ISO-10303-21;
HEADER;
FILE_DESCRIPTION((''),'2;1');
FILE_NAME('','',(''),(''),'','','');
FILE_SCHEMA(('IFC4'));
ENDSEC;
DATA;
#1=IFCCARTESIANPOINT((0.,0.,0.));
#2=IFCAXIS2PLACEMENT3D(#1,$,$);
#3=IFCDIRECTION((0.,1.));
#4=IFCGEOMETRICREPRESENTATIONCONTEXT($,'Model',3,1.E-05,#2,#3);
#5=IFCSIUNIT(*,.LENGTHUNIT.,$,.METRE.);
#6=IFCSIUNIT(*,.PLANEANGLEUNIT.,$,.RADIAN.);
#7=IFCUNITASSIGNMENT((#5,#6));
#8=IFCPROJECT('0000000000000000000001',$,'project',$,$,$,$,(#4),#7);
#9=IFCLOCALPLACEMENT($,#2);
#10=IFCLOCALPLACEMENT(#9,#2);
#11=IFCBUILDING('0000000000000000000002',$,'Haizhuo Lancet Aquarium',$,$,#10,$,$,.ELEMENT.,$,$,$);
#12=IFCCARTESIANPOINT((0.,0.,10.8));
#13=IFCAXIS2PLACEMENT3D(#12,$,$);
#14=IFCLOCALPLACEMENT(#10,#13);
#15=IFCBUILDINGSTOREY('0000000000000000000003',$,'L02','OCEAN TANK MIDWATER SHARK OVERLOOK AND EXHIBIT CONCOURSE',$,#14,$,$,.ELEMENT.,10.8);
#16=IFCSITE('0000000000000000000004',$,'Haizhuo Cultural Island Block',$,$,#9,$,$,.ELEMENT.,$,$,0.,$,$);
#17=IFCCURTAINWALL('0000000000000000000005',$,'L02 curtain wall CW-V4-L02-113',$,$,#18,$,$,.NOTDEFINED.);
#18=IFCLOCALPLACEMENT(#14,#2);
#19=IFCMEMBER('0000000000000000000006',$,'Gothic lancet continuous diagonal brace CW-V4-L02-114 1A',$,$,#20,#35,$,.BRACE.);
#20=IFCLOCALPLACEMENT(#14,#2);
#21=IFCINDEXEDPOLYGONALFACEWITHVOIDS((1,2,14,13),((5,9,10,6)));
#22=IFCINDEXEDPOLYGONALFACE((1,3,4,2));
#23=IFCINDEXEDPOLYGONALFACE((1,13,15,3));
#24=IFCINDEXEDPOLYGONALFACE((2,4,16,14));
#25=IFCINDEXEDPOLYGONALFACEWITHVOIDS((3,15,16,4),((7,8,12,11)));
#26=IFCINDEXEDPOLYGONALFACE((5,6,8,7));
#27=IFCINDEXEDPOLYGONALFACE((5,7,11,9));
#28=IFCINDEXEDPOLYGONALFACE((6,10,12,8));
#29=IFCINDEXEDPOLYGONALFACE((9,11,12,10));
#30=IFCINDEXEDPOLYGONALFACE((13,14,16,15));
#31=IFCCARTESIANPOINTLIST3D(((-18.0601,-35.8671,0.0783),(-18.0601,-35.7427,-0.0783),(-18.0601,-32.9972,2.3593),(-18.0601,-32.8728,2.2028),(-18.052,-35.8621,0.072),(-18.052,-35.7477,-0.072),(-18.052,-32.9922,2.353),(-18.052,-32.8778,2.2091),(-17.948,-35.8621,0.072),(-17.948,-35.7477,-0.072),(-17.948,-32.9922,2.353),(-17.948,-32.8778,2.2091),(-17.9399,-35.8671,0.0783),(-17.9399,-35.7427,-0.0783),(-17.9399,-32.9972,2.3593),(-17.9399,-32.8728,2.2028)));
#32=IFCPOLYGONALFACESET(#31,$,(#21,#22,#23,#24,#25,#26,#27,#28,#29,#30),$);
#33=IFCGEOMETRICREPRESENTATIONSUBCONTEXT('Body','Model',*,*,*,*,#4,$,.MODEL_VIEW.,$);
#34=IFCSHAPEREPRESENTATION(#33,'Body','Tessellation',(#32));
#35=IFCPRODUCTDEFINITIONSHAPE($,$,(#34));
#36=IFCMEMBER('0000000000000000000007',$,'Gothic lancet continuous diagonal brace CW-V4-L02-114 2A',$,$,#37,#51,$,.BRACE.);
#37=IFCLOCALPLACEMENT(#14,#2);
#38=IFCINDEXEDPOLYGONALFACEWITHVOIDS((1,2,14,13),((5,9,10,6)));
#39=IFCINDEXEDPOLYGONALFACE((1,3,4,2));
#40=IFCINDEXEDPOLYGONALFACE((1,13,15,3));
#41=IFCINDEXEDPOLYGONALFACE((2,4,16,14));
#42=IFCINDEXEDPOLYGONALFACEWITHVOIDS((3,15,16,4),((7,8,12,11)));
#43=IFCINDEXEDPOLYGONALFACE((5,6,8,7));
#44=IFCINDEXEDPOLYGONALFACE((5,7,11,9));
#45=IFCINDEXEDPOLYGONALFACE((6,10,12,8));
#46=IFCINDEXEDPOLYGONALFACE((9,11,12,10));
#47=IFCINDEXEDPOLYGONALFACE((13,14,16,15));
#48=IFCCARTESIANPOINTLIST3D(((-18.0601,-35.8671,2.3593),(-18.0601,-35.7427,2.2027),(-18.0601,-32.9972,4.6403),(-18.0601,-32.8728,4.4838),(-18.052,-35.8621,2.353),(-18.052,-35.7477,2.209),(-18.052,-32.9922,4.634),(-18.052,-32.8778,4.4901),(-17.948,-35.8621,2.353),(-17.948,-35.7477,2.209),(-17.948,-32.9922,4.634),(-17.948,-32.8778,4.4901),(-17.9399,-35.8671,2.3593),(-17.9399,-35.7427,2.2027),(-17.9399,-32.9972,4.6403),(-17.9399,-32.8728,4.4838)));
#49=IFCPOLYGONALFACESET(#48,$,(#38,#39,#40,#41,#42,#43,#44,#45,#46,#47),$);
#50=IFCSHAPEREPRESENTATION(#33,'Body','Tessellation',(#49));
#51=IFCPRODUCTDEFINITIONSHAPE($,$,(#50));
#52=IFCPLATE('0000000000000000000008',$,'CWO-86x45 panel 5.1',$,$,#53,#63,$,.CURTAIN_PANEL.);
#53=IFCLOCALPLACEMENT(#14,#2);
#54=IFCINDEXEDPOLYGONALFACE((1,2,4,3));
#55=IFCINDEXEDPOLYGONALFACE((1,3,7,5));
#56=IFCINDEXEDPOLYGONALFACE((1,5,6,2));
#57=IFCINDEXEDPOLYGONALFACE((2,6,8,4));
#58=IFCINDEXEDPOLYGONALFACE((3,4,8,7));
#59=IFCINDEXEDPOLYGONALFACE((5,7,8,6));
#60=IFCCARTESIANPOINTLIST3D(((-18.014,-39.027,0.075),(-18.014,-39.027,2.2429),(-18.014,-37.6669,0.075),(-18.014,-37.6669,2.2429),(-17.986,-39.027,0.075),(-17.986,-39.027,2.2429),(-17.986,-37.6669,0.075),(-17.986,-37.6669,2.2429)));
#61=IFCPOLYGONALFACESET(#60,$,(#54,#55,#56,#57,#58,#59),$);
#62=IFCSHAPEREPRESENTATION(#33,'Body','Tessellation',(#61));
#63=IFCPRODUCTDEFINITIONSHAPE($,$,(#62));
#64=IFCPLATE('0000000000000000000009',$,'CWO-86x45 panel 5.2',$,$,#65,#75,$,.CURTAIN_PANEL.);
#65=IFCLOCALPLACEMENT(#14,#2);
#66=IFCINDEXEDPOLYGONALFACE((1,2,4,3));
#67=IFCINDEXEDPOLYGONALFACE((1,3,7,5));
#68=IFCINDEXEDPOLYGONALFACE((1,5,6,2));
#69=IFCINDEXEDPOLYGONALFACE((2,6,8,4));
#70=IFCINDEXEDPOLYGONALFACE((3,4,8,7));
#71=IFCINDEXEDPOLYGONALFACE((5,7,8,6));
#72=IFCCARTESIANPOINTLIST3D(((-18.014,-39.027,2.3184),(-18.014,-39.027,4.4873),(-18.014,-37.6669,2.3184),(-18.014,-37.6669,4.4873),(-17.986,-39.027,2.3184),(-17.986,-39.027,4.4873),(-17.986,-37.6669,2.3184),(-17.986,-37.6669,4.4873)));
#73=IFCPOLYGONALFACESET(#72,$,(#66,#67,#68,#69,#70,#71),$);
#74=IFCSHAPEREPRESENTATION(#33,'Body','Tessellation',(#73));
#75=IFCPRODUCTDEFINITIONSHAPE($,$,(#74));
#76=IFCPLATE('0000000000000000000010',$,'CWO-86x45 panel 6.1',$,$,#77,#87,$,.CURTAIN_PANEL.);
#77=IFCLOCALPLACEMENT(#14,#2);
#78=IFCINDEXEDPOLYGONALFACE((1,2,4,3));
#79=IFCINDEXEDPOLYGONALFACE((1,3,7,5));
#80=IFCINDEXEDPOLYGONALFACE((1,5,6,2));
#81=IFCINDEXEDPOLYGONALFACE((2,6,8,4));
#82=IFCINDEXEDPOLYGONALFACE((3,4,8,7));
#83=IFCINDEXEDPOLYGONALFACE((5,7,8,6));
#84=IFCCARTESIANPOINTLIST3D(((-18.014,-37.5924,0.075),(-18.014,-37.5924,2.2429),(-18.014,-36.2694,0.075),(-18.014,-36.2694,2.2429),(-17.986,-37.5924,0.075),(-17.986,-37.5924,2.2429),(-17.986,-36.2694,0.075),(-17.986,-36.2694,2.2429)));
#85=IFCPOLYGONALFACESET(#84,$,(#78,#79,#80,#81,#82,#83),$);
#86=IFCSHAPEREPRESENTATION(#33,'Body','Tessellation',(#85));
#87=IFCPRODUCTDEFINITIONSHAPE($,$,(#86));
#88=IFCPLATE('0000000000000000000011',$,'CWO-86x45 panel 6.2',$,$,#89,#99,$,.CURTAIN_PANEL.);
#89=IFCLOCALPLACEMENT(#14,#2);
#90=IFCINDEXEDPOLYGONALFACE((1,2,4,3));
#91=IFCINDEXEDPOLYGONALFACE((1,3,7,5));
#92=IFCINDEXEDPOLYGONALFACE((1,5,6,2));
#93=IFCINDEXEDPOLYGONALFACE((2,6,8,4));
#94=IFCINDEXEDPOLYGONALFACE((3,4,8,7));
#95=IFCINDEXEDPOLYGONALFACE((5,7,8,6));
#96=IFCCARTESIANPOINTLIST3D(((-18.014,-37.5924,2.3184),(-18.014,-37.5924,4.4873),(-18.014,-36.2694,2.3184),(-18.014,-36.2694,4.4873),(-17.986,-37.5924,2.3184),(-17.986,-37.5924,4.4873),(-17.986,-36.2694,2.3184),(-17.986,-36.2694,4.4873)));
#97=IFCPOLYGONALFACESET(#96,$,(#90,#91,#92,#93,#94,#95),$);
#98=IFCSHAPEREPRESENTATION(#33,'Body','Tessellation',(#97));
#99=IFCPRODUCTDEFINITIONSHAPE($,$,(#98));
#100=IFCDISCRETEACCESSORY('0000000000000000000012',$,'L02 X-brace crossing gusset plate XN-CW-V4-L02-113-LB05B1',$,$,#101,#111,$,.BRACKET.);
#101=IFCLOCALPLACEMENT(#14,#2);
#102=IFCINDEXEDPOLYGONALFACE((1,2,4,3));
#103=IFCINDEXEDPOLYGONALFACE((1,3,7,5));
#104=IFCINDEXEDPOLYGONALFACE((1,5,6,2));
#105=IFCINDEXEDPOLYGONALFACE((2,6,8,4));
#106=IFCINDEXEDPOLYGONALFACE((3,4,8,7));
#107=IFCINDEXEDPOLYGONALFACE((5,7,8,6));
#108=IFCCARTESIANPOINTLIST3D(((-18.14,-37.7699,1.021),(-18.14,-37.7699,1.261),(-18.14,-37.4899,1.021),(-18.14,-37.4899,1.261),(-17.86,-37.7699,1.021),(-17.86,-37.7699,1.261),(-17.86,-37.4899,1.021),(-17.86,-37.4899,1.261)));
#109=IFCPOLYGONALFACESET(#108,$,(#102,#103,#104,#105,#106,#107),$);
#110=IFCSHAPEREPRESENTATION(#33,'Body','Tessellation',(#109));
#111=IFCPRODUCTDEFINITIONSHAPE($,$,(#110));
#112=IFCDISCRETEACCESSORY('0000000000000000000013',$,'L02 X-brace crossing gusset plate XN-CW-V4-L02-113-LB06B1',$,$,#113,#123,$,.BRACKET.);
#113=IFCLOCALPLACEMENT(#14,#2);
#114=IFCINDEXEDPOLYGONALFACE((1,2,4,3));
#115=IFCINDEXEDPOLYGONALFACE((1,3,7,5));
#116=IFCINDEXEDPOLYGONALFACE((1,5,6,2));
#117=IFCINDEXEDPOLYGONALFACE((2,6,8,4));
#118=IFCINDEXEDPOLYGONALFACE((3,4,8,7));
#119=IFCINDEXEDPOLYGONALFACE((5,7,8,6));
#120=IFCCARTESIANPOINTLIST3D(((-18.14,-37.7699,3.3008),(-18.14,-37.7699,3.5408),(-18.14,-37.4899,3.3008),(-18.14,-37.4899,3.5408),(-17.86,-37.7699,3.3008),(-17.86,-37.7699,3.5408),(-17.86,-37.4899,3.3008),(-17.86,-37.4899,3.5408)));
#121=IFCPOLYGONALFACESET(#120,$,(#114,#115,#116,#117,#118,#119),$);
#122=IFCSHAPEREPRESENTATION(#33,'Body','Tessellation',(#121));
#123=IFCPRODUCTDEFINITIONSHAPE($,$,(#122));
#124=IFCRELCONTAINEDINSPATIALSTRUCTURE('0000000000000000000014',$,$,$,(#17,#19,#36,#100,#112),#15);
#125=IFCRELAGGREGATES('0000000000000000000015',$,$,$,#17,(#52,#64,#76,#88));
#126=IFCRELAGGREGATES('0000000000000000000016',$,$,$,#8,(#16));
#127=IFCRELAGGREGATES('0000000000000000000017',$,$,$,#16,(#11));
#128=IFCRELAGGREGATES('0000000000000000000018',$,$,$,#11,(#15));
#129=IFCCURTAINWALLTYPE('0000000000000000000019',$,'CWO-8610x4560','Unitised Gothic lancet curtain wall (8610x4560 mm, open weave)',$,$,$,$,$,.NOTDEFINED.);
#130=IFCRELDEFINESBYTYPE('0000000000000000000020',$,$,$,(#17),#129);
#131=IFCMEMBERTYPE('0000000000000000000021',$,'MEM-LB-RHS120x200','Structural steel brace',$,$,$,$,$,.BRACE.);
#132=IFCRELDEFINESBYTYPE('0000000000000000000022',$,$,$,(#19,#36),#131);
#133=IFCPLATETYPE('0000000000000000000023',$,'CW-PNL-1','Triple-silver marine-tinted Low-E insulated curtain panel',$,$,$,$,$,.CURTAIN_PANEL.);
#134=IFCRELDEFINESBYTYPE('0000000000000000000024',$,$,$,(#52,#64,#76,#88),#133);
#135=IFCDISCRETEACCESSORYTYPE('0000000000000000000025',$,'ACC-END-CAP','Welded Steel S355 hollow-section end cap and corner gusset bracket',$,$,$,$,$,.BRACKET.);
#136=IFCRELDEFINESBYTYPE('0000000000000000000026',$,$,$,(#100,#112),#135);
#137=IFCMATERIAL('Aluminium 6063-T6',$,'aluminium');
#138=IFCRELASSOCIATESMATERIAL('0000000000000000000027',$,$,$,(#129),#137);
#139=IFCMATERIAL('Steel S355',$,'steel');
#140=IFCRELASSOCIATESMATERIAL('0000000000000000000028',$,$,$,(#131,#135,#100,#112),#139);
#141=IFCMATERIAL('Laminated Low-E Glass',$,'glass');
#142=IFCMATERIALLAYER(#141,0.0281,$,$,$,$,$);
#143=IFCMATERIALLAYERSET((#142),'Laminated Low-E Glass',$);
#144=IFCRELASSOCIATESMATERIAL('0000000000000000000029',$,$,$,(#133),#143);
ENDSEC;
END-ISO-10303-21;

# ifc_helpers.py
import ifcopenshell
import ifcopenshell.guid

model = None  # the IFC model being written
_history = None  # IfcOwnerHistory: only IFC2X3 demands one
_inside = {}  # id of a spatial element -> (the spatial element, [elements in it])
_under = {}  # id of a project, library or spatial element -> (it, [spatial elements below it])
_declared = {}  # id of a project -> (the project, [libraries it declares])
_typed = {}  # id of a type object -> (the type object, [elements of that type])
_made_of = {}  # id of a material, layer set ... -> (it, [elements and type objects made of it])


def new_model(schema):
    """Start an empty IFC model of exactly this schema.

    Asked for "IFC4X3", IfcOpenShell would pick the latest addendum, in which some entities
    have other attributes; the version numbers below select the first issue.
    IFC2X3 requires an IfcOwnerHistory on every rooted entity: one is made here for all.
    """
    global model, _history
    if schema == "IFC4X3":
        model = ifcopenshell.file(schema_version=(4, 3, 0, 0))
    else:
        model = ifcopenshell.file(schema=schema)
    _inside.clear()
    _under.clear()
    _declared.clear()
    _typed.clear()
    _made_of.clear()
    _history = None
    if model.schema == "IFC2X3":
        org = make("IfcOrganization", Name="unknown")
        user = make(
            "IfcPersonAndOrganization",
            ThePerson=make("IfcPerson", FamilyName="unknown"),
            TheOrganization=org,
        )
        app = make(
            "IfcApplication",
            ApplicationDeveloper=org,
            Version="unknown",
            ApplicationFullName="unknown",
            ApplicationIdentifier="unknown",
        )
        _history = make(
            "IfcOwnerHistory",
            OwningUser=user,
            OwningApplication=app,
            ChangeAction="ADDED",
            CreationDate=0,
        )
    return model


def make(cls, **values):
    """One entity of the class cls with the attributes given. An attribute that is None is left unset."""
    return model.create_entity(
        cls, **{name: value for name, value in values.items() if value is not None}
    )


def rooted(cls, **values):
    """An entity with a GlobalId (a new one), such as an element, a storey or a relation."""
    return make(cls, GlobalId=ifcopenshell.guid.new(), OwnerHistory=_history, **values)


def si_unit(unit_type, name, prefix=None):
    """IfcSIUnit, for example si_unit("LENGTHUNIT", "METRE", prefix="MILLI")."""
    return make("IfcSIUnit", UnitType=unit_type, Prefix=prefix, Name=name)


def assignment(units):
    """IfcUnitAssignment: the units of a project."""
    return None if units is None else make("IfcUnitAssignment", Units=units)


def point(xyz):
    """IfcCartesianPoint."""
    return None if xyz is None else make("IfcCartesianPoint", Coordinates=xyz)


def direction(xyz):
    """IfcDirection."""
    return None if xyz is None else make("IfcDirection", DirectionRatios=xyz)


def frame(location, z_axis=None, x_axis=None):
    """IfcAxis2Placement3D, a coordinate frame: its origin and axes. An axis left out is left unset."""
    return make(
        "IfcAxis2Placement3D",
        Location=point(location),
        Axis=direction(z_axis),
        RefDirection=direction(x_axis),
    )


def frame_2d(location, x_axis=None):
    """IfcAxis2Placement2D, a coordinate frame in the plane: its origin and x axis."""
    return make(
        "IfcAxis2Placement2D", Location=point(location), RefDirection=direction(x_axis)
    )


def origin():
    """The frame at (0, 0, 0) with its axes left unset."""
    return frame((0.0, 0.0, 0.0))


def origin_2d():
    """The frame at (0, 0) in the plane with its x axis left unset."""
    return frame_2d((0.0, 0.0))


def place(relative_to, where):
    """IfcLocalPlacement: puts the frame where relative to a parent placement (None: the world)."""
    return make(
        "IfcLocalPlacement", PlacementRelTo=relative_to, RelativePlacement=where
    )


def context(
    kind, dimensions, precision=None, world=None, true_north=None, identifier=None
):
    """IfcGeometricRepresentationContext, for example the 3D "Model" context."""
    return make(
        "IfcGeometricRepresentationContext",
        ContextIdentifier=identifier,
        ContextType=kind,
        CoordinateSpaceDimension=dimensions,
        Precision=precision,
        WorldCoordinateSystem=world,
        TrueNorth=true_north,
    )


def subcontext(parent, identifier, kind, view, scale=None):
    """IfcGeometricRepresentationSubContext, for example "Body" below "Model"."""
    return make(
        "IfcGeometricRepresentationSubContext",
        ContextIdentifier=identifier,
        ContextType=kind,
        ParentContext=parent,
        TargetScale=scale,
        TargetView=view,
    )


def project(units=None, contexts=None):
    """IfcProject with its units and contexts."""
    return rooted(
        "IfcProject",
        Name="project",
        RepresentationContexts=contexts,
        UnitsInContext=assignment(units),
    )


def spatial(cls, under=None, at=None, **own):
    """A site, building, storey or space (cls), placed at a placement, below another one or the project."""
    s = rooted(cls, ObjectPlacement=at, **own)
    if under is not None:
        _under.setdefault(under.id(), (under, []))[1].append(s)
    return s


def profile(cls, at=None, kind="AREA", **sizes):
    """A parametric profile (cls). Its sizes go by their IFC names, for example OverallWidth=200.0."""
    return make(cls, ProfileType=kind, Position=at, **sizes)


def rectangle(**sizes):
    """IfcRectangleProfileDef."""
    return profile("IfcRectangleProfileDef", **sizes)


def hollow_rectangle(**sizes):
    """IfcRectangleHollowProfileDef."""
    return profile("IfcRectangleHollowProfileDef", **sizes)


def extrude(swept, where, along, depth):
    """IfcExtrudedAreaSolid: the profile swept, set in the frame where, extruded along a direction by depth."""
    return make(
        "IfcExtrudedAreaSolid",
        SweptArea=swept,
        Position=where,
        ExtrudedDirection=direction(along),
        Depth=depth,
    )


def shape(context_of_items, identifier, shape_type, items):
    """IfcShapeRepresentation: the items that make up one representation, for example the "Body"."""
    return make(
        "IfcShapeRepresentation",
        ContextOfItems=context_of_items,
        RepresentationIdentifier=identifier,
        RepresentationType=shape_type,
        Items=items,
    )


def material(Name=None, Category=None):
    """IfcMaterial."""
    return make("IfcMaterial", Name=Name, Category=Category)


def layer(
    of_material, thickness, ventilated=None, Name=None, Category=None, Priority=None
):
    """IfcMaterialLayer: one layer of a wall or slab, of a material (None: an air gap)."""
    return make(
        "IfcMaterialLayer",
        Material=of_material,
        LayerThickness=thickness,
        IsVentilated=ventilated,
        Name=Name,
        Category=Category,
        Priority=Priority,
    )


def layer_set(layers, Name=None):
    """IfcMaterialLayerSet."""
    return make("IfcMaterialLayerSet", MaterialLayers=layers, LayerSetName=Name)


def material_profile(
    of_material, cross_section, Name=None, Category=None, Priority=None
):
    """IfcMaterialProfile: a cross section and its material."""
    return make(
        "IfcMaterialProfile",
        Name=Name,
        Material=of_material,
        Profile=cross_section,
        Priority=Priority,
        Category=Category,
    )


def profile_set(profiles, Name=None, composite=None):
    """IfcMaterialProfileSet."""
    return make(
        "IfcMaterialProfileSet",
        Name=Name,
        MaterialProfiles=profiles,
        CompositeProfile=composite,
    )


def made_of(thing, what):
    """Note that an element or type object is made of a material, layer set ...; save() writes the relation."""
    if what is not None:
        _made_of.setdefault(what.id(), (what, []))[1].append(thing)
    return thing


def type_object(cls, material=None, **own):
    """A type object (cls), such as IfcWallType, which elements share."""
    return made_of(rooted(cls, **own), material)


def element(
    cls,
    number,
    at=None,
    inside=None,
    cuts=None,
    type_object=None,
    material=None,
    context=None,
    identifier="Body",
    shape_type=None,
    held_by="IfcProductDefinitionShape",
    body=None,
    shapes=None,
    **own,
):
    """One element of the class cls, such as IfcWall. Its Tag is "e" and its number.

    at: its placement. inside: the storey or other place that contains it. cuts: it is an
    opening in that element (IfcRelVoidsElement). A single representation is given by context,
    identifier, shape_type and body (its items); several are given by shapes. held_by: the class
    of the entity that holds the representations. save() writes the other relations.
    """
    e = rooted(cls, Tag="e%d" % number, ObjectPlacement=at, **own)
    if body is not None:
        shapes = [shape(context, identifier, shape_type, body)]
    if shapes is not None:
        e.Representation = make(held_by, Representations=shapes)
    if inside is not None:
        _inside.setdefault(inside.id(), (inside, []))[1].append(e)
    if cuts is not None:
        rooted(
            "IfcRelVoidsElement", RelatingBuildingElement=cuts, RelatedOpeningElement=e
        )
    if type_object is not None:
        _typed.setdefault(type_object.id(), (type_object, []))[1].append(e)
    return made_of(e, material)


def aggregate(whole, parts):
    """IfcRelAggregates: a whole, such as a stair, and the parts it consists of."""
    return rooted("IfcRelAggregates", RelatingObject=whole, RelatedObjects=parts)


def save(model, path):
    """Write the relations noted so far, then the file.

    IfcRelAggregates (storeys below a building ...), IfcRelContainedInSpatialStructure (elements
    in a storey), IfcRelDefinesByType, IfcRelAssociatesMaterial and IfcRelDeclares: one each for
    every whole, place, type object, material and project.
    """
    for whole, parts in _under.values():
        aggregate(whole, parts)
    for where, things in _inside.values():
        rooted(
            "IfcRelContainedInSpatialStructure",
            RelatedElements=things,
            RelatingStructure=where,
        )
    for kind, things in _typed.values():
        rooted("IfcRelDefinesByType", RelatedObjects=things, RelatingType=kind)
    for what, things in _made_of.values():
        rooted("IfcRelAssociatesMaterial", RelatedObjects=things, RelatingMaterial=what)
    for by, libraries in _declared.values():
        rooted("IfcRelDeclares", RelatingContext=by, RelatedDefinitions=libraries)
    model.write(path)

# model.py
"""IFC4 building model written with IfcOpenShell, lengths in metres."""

from ifc_helpers import new_model, si_unit, direction, frame, origin, origin_2d, place, context, subcontext, project, spatial, rectangle, hollow_rectangle, extrude, material, layer, layer_set, material_profile, profile_set, type_object, element, aggregate, save


model = new_model("IFC4")

# Units and contexts
model_context = context("Model", 3, precision=1e-05, world=origin(), true_north=direction((0.0, 1.0)))
body_context = subcontext(model_context, "Body", "Model", "MODEL_VIEW")
ifc_project = project(units=[si_unit("LENGTHUNIT", "METRE"), si_unit("PLANEANGLEUNIT", "RADIAN")], contexts=[model_context])

# Site, building, storey
site_placement = place(None, origin())
site = spatial("IfcSite", under=ifc_project, at=site_placement, Name="Haizhuo Cultural Island Block", CompositionType="ELEMENT", RefElevation=0.0)
building_placement = place(site_placement, origin())
building = spatial("IfcBuilding", under=site, at=building_placement, Name="Haizhuo Lancet Aquarium", CompositionType="ELEMENT")
storey_placement = place(building_placement, frame((0.0, 0.0, 10.8)))
storey = spatial("IfcBuildingStorey", under=building, at=storey_placement, Name="L02", Description="OCEAN TANK MIDWATER SHARK OVERLOOK AND EXHIBIT CONCOURSE", CompositionType="ELEMENT", Elevation=10.8)

# Shared definitions
ifc_material_1 = material(Name="Steel S355", Category="steel")

# Curtain wall
ifc_material_2 = material(Name="Aluminium 6063-T6", Category="aluminium")
curtain_wall_type = type_object("IfcCurtainWallType", Name="CWO-8610x4560", Description="Unitised Gothic lancet curtain wall (8610x4560 mm, open weave)", PredefinedType="NOTDEFINED", material=ifc_material_2)
curtain_wall_1_placement = place(storey_placement, origin())
curtain_wall_1 = element("IfcCurtainWall", 1, at=curtain_wall_1_placement, inside=storey, type_object=curtain_wall_type, Name="L02 curtain wall CW-V4-L02-113", PredefinedType="NOTDEFINED")

# Members
ifc_material_profile_1 = material_profile(ifc_material_1, hollow_rectangle(XDim=0.1201, YDim=0.2, WallThickness=0.0081, at=origin_2d()), Name="RHS 120x200x8")
ifc_profile_set_1 = profile_set([ifc_material_profile_1], Name="Steel S355")
member_type_1 = type_object("IfcMemberType", Name="MEM-LB-RHS120x200", Description="Structural steel brace", PredefinedType="BRACE", material=ifc_profile_set_1)
for number, where, z_axis, x_axis, name in (
    (2, (-18.0, -35.8049, 0.0), (0.0, 0.782847, 0.622215), (-1.0, 0.0, 0.0), "Gothic lancet continuous diagonal brace CW-V4-L02-114 1A"),
    (3, (-18.0, -35.8049, 2.281), (0.0, 0.782847, 0.622215), (-1.0, 0.0, 0.0), "Gothic lancet continuous diagonal brace CW-V4-L02-114 2A"),
):
    element("IfcMember", number, at=place(storey_placement, frame(where, z_axis=z_axis, x_axis=x_axis)), inside=storey, type_object=member_type_1, Name=name, PredefinedType="BRACE", context=body_context, shape_type="SweptSolid", body=[
        extrude(hollow_rectangle(XDim=0.1201, YDim=0.2, WallThickness=0.0081, at=origin_2d()), origin(), (0.0, 0.0, 1.0), 3.666),
    ])

# Plates
ifc_material_3 = material(Name="Laminated Low-E Glass", Category="glass")
ifc_layer = layer(ifc_material_3, 0.0281)
ifc_layer_set = layer_set([ifc_layer], Name="Laminated Low-E Glass")
plate_type = type_object("IfcPlateType", Name="CW-PNL-1", Description="Triple-silver marine-tinted Low-E insulated curtain panel", PredefinedType="CURTAIN_PANEL", material=ifc_layer_set)
plate_1_placement = place(storey_placement, frame((-18.0, -38.3469, 0.075), z_axis=(0.0, 0.0, 1.0), x_axis=(0.0, 1.0, 0.0)))
plate_1 = element("IfcPlate", 4, at=plate_1_placement, type_object=plate_type, Name="CWO-86x45 panel 5.1", PredefinedType="CURTAIN_PANEL", context=body_context, shape_type="SweptSolid", body=[
    extrude(rectangle(XDim=1.3601, YDim=0.0281, at=origin_2d()), origin(), (0.0, 0.0, 1.0), 2.168),
])
plate_2_placement = place(storey_placement, frame((-18.0, -38.3469, 2.3184), z_axis=(0.0, 0.0, 1.0), x_axis=(0.0, 1.0, 0.0)))
plate_2 = element("IfcPlate", 5, at=plate_2_placement, type_object=plate_type, Name="CWO-86x45 panel 5.2", PredefinedType="CURTAIN_PANEL", context=body_context, shape_type="SweptSolid", body=[
    extrude(rectangle(XDim=1.3601, YDim=0.0281, at=origin_2d()), origin(), (0.0, 0.0, 1.0), 2.1689),
])
plate_3_placement = place(storey_placement, frame((-18.0, -36.9309, 0.075), z_axis=(0.0, 0.0, 1.0), x_axis=(0.0, 1.0, 0.0)))
plate_3 = element("IfcPlate", 6, at=plate_3_placement, type_object=plate_type, Name="CWO-86x45 panel 6.1", PredefinedType="CURTAIN_PANEL", context=body_context, shape_type="SweptSolid", body=[
    extrude(rectangle(XDim=1.323, YDim=0.0281, at=origin_2d()), origin(), (0.0, 0.0, 1.0), 2.168),
])
plate_4_placement = place(storey_placement, frame((-18.0, -36.9309, 2.3184), z_axis=(0.0, 0.0, 1.0), x_axis=(0.0, 1.0, 0.0)))
plate_4 = element("IfcPlate", 7, at=plate_4_placement, type_object=plate_type, Name="CWO-86x45 panel 6.2", PredefinedType="CURTAIN_PANEL", context=body_context, shape_type="SweptSolid", body=[
    extrude(rectangle(XDim=1.323, YDim=0.0281, at=origin_2d()), origin(), (0.0, 0.0, 1.0), 2.1689),
])
aggregate(curtain_wall_1, [plate_1, plate_2, plate_3, plate_4])

# Discrete accessories
discrete_accessory_type = type_object("IfcDiscreteAccessoryType", Name="ACC-END-CAP", Description="Welded Steel S355 hollow-section end cap and corner gusset bracket", PredefinedType="BRACKET", material=ifc_material_1)
for number, where, z_axis, x_axis, name in (
    (8, (-18.0, -37.6299, 1.021), (0.0, 0.0, 1.0), (1.0, 0.0, 0.0), "L02 X-brace crossing gusset plate XN-CW-V4-L02-113-LB05B1"),
    (9, (-18.0, -37.6299, 3.3008), (0.0, 0.0, 1.0), (1.0, 0.0, 0.0), "L02 X-brace crossing gusset plate XN-CW-V4-L02-113-LB06B1"),
):
    element("IfcDiscreteAccessory", number, at=place(storey_placement, frame(where, z_axis=z_axis, x_axis=x_axis)), inside=storey, type_object=discrete_accessory_type, material=ifc_material_1, Name=name, PredefinedType="BRACKET", context=body_context, shape_type="SweptSolid", body=[
        extrude(rectangle(XDim=0.28, YDim=0.28, at=origin_2d()), origin(), (0.0, 0.0, 1.0), 0.24),
    ])

save(model, "model.ifc")
